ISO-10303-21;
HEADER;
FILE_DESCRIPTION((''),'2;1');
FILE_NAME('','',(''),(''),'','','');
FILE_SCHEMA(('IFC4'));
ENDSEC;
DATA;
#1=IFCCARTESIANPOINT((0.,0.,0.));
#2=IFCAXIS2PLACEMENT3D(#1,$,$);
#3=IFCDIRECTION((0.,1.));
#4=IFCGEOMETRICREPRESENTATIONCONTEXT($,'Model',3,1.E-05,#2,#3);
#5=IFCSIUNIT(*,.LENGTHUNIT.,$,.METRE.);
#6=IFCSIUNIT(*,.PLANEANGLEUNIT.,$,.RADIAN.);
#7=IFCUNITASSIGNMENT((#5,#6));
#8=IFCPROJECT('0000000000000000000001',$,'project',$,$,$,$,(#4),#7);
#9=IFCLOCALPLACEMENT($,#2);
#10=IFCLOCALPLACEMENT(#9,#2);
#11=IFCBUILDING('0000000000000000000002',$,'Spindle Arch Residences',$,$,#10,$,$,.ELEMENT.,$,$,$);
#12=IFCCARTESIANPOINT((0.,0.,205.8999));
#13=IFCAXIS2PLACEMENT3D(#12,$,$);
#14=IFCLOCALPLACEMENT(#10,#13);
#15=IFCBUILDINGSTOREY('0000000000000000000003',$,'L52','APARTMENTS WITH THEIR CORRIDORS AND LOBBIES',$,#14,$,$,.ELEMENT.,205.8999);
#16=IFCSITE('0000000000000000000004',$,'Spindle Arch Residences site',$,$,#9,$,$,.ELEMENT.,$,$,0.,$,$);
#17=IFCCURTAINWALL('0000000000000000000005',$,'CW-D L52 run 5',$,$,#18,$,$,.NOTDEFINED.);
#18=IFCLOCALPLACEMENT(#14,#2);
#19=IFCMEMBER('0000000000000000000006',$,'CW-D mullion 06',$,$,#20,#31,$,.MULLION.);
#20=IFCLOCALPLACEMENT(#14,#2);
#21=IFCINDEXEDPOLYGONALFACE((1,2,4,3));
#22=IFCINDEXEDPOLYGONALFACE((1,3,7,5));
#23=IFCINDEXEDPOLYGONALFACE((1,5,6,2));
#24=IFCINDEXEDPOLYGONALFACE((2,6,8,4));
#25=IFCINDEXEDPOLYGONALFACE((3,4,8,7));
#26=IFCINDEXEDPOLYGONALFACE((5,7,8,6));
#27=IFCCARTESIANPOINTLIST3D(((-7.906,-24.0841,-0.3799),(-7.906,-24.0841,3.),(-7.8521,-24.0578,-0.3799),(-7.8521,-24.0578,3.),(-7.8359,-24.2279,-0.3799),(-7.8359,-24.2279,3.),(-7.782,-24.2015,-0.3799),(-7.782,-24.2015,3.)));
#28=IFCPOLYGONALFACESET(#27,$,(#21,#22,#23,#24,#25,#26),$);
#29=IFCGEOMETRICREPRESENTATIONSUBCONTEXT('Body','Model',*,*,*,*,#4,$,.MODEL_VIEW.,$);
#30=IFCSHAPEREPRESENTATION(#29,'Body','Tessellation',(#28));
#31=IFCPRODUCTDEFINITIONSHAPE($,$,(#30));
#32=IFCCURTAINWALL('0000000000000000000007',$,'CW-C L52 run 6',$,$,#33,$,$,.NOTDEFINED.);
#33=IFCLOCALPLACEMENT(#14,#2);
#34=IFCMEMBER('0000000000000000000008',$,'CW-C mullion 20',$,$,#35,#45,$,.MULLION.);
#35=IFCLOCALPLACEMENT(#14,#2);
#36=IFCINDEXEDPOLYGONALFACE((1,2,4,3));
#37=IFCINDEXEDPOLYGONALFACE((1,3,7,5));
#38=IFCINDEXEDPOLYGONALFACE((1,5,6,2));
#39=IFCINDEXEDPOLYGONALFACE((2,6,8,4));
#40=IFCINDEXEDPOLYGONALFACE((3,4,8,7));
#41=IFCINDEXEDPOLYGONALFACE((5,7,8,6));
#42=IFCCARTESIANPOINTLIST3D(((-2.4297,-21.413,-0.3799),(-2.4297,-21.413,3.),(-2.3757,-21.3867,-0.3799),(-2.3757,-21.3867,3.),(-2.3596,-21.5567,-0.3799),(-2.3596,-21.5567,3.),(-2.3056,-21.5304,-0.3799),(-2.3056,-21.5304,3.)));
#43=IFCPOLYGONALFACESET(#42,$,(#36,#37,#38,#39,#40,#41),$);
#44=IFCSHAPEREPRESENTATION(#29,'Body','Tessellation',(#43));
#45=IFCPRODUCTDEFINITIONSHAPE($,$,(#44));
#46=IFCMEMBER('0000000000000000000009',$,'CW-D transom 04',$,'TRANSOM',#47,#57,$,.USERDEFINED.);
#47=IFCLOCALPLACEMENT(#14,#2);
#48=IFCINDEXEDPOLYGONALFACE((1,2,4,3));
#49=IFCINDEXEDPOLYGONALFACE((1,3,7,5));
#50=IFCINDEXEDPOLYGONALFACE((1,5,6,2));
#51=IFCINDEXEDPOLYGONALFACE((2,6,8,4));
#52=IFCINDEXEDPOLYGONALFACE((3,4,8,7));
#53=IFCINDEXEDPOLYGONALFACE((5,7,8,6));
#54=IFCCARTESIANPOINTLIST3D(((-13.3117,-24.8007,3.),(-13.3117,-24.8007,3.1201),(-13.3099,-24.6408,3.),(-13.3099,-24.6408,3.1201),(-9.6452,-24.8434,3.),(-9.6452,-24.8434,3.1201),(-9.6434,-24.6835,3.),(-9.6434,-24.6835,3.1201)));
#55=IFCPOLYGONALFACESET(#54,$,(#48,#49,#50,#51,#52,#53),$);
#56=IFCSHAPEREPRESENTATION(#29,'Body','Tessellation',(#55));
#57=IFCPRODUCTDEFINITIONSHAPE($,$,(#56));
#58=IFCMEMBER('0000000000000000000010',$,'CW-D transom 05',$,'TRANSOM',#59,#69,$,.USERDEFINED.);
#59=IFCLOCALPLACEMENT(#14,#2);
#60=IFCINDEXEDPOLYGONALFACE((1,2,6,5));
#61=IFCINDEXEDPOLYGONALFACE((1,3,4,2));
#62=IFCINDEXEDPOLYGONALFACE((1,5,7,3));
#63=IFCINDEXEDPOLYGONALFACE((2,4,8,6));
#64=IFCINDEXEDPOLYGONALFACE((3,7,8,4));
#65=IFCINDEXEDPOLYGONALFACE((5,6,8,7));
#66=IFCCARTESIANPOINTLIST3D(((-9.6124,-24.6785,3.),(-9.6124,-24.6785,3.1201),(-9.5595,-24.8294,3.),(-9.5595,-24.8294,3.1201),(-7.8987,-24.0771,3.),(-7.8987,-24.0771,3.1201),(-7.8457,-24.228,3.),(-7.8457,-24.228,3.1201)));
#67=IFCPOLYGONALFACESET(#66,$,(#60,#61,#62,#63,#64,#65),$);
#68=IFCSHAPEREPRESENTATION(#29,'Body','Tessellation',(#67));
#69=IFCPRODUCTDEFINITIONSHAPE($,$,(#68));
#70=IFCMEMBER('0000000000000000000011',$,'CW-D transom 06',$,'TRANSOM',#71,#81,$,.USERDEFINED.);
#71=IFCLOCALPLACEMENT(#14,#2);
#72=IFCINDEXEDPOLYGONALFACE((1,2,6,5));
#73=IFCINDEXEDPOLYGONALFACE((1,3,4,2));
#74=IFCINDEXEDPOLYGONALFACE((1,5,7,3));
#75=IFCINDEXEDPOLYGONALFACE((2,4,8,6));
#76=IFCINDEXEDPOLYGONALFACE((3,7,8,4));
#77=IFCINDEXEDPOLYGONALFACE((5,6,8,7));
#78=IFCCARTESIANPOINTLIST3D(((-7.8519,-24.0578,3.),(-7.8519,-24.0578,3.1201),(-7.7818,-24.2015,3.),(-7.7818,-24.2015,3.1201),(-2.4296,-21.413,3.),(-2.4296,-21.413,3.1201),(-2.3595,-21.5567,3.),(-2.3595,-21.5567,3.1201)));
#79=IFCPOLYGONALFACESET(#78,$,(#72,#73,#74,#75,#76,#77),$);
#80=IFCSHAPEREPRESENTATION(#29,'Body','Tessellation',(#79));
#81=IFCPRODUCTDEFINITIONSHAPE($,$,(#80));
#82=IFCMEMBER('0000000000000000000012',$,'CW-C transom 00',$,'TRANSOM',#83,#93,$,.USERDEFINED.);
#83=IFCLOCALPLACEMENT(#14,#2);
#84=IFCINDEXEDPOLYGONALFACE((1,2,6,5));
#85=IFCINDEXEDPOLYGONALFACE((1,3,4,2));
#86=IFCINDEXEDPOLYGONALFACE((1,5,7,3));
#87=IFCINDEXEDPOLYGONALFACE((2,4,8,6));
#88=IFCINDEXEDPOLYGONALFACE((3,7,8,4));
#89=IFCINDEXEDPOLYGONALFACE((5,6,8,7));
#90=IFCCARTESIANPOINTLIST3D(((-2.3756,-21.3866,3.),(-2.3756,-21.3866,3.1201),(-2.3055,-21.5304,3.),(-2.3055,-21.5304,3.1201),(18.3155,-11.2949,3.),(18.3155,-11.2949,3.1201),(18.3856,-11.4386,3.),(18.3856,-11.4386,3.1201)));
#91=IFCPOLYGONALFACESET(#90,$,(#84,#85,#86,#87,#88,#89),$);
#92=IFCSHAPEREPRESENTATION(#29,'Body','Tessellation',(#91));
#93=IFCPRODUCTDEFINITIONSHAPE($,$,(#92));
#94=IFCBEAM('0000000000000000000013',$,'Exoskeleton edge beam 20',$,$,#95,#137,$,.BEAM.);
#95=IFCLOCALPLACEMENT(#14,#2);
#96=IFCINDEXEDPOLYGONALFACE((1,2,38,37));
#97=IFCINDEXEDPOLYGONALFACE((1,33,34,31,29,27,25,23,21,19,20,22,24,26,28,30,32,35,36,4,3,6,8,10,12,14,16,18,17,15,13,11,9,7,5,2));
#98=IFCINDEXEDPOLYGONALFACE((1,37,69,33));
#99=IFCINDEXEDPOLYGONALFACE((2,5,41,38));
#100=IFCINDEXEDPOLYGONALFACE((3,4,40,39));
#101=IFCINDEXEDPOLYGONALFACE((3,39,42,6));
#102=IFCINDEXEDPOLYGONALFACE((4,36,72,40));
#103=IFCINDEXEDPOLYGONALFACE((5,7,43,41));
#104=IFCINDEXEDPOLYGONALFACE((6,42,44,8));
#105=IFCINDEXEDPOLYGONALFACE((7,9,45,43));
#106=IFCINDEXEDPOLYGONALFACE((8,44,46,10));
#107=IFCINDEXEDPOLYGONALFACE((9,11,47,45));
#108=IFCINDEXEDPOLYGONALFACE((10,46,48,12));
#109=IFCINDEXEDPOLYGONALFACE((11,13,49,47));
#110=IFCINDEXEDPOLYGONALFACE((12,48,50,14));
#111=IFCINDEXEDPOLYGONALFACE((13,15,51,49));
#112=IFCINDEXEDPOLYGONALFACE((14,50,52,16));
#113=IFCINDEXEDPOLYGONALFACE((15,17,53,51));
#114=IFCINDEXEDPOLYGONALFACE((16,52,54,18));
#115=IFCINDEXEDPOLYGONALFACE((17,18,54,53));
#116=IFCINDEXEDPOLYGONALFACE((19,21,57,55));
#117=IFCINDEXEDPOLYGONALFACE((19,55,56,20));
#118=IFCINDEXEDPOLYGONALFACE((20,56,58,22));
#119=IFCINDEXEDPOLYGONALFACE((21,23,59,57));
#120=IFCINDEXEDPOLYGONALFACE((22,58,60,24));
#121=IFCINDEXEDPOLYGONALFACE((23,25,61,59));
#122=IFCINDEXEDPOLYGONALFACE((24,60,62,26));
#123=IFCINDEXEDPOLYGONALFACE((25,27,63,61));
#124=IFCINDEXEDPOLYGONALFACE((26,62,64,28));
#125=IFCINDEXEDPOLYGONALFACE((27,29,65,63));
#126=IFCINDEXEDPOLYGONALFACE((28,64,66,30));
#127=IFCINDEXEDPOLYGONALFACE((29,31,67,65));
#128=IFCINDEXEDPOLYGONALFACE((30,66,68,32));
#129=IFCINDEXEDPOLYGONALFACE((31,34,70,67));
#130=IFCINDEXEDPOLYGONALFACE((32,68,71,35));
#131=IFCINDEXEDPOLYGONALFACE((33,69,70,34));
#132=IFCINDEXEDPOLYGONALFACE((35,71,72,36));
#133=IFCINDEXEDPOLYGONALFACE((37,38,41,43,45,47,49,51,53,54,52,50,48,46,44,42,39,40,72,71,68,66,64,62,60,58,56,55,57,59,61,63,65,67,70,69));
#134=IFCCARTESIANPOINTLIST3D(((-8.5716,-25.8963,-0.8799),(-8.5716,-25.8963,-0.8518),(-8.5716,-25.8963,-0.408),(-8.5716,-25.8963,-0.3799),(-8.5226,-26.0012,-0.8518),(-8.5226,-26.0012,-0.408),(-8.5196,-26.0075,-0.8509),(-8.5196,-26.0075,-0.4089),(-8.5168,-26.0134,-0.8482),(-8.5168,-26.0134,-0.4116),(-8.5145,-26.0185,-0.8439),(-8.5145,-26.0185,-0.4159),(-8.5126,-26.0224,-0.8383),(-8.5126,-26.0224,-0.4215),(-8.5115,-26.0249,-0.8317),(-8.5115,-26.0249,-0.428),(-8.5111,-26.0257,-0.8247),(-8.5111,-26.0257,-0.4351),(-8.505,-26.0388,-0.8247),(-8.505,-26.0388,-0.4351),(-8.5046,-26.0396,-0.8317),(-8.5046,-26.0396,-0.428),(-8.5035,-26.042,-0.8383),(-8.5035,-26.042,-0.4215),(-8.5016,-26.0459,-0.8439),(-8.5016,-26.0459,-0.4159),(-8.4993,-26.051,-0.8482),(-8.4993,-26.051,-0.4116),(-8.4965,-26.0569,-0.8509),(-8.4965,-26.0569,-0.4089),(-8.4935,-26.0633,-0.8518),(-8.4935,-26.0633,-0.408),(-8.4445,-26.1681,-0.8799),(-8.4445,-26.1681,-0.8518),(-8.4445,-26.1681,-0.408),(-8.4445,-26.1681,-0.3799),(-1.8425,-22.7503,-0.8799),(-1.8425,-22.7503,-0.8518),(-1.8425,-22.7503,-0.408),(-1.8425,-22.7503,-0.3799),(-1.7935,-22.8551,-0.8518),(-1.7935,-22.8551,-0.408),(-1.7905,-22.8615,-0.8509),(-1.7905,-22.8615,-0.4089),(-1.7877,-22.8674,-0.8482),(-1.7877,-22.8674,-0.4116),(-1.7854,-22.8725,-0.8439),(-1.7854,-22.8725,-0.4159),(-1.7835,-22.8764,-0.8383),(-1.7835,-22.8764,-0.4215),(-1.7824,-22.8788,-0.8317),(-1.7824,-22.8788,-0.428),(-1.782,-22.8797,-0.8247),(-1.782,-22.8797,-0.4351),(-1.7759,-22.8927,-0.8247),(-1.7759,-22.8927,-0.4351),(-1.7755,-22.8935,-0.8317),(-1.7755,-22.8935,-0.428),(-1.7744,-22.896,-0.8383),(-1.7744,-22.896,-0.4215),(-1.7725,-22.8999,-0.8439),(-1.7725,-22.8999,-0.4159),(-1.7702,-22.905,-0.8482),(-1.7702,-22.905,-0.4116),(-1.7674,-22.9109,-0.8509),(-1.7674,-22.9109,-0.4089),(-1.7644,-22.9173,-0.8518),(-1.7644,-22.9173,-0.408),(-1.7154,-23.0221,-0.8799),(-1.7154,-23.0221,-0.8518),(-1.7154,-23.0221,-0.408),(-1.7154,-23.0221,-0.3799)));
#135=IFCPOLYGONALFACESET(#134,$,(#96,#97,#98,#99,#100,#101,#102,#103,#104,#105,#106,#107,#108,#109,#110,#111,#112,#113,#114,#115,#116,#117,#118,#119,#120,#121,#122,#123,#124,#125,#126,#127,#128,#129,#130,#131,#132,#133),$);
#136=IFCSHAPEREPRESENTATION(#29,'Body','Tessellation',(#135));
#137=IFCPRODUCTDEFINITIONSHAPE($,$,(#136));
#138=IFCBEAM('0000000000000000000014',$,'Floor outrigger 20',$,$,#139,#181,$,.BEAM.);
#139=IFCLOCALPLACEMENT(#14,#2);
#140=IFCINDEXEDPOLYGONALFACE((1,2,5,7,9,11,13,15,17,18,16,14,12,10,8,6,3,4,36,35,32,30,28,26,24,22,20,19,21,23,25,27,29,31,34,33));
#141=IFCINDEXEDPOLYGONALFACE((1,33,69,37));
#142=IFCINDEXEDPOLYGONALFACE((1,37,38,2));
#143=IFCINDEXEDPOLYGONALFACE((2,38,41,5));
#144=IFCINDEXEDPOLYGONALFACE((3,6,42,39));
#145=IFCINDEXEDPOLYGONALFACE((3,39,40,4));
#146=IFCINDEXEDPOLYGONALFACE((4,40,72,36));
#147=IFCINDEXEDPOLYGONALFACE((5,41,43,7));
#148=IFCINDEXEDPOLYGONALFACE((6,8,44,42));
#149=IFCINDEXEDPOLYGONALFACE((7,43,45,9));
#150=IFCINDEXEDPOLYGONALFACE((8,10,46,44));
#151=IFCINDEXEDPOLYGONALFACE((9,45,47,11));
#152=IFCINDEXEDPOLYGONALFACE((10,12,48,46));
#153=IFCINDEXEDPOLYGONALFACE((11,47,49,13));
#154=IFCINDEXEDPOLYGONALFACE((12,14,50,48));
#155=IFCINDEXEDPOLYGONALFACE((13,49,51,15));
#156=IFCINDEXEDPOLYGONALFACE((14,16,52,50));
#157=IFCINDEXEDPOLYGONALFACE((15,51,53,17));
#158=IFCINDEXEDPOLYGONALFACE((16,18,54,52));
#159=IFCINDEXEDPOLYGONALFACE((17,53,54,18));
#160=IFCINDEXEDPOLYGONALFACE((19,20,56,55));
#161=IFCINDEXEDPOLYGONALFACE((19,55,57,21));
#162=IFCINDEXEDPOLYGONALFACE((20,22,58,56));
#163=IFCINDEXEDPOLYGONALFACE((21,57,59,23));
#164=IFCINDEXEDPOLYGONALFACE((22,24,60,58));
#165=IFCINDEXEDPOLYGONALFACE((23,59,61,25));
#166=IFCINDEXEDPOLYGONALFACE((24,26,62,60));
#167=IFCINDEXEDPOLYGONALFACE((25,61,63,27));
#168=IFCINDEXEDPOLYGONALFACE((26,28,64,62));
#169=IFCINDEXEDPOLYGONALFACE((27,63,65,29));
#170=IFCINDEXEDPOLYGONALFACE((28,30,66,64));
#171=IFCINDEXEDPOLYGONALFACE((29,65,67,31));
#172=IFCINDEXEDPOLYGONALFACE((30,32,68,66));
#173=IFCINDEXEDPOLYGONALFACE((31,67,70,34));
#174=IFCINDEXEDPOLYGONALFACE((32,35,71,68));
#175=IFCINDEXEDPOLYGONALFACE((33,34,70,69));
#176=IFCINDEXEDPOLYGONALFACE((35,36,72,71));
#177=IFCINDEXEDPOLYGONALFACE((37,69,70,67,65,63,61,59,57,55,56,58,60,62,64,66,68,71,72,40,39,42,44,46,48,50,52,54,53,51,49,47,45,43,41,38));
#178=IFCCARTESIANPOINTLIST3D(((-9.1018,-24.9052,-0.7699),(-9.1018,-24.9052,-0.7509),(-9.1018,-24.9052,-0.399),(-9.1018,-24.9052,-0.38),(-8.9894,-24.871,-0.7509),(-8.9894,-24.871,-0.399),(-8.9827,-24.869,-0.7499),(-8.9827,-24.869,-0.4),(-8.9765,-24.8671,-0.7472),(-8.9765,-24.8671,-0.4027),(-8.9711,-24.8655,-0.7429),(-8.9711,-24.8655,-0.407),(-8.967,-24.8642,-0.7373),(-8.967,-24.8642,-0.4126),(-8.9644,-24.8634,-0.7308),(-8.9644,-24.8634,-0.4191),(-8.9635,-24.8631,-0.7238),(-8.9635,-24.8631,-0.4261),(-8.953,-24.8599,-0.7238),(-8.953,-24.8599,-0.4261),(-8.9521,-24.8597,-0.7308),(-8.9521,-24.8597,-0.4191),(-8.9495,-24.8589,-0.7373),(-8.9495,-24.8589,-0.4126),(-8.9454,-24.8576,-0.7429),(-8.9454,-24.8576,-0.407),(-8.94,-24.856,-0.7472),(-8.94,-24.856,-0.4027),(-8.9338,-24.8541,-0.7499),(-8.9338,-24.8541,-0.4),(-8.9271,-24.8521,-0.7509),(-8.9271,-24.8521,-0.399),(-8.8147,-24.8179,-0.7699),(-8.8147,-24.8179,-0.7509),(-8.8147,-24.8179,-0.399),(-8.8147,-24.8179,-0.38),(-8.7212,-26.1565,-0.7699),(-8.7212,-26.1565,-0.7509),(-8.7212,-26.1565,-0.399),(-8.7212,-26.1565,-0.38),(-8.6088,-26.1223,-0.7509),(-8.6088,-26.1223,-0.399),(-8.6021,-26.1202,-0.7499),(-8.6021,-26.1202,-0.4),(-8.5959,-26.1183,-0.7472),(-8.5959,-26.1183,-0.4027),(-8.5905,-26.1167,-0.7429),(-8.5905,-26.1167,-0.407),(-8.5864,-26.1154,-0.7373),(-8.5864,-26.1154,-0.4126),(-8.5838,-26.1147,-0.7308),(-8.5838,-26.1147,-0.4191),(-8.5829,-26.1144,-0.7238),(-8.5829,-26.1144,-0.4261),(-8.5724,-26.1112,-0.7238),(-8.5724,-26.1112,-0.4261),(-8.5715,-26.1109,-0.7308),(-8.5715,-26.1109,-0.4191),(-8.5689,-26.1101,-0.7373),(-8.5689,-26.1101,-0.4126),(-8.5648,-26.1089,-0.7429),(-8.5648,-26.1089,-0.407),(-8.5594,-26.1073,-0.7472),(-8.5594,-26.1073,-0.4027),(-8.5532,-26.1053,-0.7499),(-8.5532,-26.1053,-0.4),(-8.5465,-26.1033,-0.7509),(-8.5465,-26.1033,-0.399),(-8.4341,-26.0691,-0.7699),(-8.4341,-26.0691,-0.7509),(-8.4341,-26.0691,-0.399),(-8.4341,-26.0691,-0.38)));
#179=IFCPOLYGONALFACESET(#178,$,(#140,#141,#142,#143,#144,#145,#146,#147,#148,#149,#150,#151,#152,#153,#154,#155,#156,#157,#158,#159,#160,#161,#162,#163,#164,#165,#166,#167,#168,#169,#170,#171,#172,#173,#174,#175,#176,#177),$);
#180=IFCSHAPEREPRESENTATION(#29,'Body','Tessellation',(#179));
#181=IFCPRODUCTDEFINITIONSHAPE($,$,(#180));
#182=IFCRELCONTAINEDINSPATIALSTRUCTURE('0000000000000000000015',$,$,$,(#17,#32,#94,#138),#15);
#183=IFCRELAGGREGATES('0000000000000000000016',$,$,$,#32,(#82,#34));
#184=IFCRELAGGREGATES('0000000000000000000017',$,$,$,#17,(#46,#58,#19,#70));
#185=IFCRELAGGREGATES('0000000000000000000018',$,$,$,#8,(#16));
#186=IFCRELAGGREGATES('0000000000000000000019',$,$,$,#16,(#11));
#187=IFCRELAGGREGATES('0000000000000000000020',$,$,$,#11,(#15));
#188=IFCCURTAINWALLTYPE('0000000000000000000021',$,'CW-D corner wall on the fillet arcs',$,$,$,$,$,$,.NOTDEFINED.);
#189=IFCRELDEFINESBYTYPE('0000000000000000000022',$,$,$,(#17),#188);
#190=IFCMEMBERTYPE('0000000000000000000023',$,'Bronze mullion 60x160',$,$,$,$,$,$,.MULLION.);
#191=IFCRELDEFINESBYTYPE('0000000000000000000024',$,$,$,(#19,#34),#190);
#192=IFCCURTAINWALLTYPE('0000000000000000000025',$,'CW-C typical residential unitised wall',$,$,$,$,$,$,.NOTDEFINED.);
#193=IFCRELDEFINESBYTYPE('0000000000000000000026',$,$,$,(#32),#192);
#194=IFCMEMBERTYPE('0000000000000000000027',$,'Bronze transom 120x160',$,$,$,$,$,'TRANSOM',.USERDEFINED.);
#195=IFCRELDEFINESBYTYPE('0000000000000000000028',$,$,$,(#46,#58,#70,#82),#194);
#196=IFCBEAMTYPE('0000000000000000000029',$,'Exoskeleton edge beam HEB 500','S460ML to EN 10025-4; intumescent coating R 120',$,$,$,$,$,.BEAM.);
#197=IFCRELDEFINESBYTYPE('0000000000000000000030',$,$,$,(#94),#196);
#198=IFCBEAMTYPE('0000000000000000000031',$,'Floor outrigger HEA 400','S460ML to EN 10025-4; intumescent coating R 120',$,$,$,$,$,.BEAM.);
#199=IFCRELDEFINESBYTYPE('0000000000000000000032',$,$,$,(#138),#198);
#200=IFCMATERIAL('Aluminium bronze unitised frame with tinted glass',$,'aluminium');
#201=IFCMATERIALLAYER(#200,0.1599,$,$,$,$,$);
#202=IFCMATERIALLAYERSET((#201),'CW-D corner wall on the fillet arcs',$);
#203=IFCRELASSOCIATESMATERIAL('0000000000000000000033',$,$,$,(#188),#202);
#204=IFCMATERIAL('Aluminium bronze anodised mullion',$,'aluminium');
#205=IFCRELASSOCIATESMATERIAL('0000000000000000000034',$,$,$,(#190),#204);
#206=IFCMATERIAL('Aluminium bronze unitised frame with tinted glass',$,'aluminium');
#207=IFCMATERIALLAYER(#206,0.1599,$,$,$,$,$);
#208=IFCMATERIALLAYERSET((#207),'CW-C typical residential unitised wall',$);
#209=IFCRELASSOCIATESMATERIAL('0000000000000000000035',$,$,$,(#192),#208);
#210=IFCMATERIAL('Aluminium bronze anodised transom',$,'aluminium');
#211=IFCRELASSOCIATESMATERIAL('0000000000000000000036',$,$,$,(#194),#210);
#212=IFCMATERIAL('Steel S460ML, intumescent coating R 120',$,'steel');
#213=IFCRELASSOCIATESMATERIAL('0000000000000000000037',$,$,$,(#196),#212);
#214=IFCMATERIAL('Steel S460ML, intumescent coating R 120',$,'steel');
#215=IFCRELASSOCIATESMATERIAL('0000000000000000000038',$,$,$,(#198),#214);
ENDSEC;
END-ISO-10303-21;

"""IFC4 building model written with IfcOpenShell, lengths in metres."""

from ifc_helpers import new_model, si_unit, direction, frame, origin, origin_2d, place, context, subcontext, project, spatial, rectangle, i_section, extrude, material, layer, layer_set, material_profile, profile_set, type_object, element, aggregate, save


model = new_model("IFC4")

# Units and contexts
model_context = context("Model", 3, precision=1e-05, world=origin(), true_north=direction((0.0, 1.0)))
body_context = subcontext(model_context, "Body", "Model", "MODEL_VIEW")
ifc_project = project(units=[si_unit("LENGTHUNIT", "METRE"), si_unit("PLANEANGLEUNIT", "RADIAN")], contexts=[model_context])

# Site, building, storey
site_placement = place(None, origin())
site = spatial("IfcSite", under=ifc_project, at=site_placement, Name="Spindle Arch Residences site", CompositionType="ELEMENT", RefElevation=0.0)
building_placement = place(site_placement, origin())
building = spatial("IfcBuilding", under=site, at=building_placement, Name="Spindle Arch Residences", CompositionType="ELEMENT")
storey_placement = place(building_placement, frame((0.0, 0.0, 205.8999)))
storey = spatial("IfcBuildingStorey", under=building, at=storey_placement, Name="L52", Description="APARTMENTS WITH THEIR CORRIDORS AND LOBBIES", CompositionType="ELEMENT", Elevation=205.8999)

# Curtain wall, member
ifc_material_1 = material(Name="Aluminium bronze unitised frame with tinted glass", Category="aluminium")
ifc_layer_1 = layer(ifc_material_1, 0.1599)
ifc_layer_set_1 = layer_set([ifc_layer_1], Name="CW-D corner wall on the fillet arcs")
curtain_wall_type_1 = type_object("IfcCurtainWallType", Name="CW-D corner wall on the fillet arcs", PredefinedType="NOTDEFINED", material=ifc_layer_set_1)
curtain_wall_1_placement = place(storey_placement, origin())
curtain_wall_1 = element("IfcCurtainWall", 1, at=curtain_wall_1_placement, inside=storey, type_object=curtain_wall_type_1, Name="CW-D L52 run 5", PredefinedType="NOTDEFINED")
ifc_material_2 = material(Name="Aluminium bronze anodised mullion", Category="aluminium")
ifc_material_profile_1 = material_profile(ifc_material_2, rectangle(XDim=0.1599, YDim=0.0601, at=origin_2d()), Name="MU 60x160")
ifc_profile_set_1 = profile_set([ifc_material_profile_1], Name="Aluminium bronze anodised mullion")
member_type_1 = type_object("IfcMemberType", Name="Bronze mullion 60x160", PredefinedType="MULLION", material=ifc_profile_set_1)
member_1_placement = place(storey_placement, frame((-7.844, -24.1428, -0.3799), z_axis=(0.0, 0.0, 1.0), x_axis=(-0.438371, 0.898794, 0.0)))
member_1 = element("IfcMember", 2, at=member_1_placement, type_object=member_type_1, Name="CW-D mullion 06", PredefinedType="MULLION", context=body_context, shape_type="SweptSolid", body=[
    extrude(rectangle(XDim=0.1599, YDim=0.0601, at=origin_2d()), origin(), (0.0, 0.0, 1.0), 3.3799),
])

# Curtain wall, member
ifc_material_3 = material(Name="Aluminium bronze unitised frame with tinted glass", Category="aluminium")
ifc_layer_2 = layer(ifc_material_3, 0.1599)
ifc_layer_set_2 = layer_set([ifc_layer_2], Name="CW-C typical residential unitised wall")
curtain_wall_type_2 = type_object("IfcCurtainWallType", Name="CW-C typical residential unitised wall", PredefinedType="NOTDEFINED", material=ifc_layer_set_2)
curtain_wall_2_placement = place(storey_placement, origin())
curtain_wall_2 = element("IfcCurtainWall", 3, at=curtain_wall_2_placement, inside=storey, type_object=curtain_wall_type_2, Name="CW-C L52 run 6", PredefinedType="NOTDEFINED")
member_2_placement = place(storey_placement, frame((-2.3677, -21.4717, -0.3799), z_axis=(0.0, 0.0, 1.0), x_axis=(-0.438371, 0.898794, 0.0)))
member_2 = element("IfcMember", 4, at=member_2_placement, type_object=member_type_1, Name="CW-C mullion 20", PredefinedType="MULLION", context=body_context, shape_type="SweptSolid", body=[
    extrude(rectangle(XDim=0.1599, YDim=0.0601, at=origin_2d()), origin(), (0.0, 0.0, 1.0), 3.3799),
])

# Members
ifc_material_4 = material(Name="Aluminium bronze anodised transom", Category="aluminium")
ifc_material_profile_2 = material_profile(ifc_material_4, rectangle(XDim=0.1599, YDim=0.1201, at=origin_2d()), Name="TR 120x160")
ifc_profile_set_2 = profile_set([ifc_material_profile_2], Name="Aluminium bronze anodised transom")
member_type_2 = type_object("IfcMemberType", Name="Bronze transom 120x160", ElementType="TRANSOM", PredefinedType="USERDEFINED", material=ifc_profile_set_2)
member_3_placement = place(storey_placement, frame((-13.3108, -24.7207, 3.0601), z_axis=(0.999932, -0.011652, 0.0), x_axis=(0.011652, 0.999932, 0.0)))
member_3 = element("IfcMember", 5, at=member_3_placement, type_object=member_type_2, Name="CW-D transom 04", ObjectType="TRANSOM", PredefinedType="USERDEFINED", context=body_context, shape_type="SweptSolid", body=[
    extrude(rectangle(XDim=0.1599, YDim=0.1201, at=origin_2d()), origin(), (0.0, 0.0, 1.0), 3.6667),
])
member_4_placement = place(storey_placement, frame((-9.5859, -24.7539, 3.0601), z_axis=(0.943592, 0.331111, 0.0), x_axis=(-0.331111, 0.943592, 0.0)))
member_4 = element("IfcMember", 6, at=member_4_placement, type_object=member_type_2, Name="CW-D transom 05", ObjectType="TRANSOM", PredefinedType="USERDEFINED", context=body_context, shape_type="SweptSolid", body=[
    extrude(rectangle(XDim=0.1599, YDim=0.1201, at=origin_2d()), origin(), (0.0, 0.0, 1.0), 1.8162),
])
member_5_placement = place(storey_placement, frame((-7.8169, -24.1296, 3.0601), z_axis=(0.898787, 0.438386, 0.0), x_axis=(-0.438386, 0.898787, 0.0)))
member_5 = element("IfcMember", 7, at=member_5_placement, type_object=member_type_2, Name="CW-D transom 06", ObjectType="TRANSOM", PredefinedType="USERDEFINED", context=body_context, shape_type="SweptSolid", body=[
    extrude(rectangle(XDim=0.1599, YDim=0.1201, at=origin_2d()), origin(), (0.0, 0.0, 1.0), 6.033),
])
member_6_placement = place(storey_placement, frame((-2.3406, -21.4585, 3.0601), z_axis=(0.898793, 0.438373, 0.0), x_axis=(-0.438373, 0.898793, 0.0)))
member_6 = element("IfcMember", 8, at=member_6_placement, type_object=member_type_2, Name="CW-C transom 00", ObjectType="TRANSOM", PredefinedType="USERDEFINED", context=body_context, shape_type="SweptSolid", body=[
    extrude(rectangle(XDim=0.1599, YDim=0.1201, at=origin_2d()), origin(), (0.0, 0.0, 1.0), 23.021),
])
aggregate(curtain_wall_2, [member_6, member_2])

# Beams
ifc_material_5 = material(Name="Steel S460ML, intumescent coating R 120", Category="steel")
ifc_material_profile_3 = material_profile(ifc_material_5, i_section(OverallWidth=0.3, OverallDepth=0.5, WebThickness=0.0144, FlangeThickness=0.0281, FilletRadius=0.0271, at=origin_2d()), Name="HEB 500")
ifc_profile_set_3 = profile_set([ifc_material_profile_3], Name="Steel S460ML, intumescent coating R 120")
beam_type_1 = type_object("IfcBeamType", Name="Exoskeleton edge beam HEB 500", Description="S460ML to EN 10025-4; intumescent coating R 120", PredefinedType="BEAM", material=ifc_profile_set_3)
beam_1_placement = place(storey_placement, frame((-8.5081, -26.0322, -0.6299), z_axis=(0.905884, 0.423526, 0.0), x_axis=(-0.423526, 0.905884, 0.0)))
element("IfcBeam", 9, at=beam_1_placement, inside=storey, type_object=beam_type_1, Name="Exoskeleton edge beam 20", PredefinedType="BEAM", context=body_context, shape_type="SweptSolid", body=[
    extrude(i_section(OverallWidth=0.3, OverallDepth=0.5, WebThickness=0.0144, FlangeThickness=0.0281, FilletRadius=0.0271, at=origin_2d()), origin(), (0.0, 0.0, 1.0), 7.4282),
])
ifc_material_6 = material(Name="Steel S460ML, intumescent coating R 120", Category="steel")
ifc_material_profile_4 = material_profile(ifc_material_6, i_section(OverallWidth=0.3, OverallDepth=0.3899, WebThickness=0.011, FlangeThickness=0.019, FilletRadius=0.0271, at=origin_2d()), Name="HEA 400")
ifc_profile_set_4 = profile_set([ifc_material_profile_4], Name="Steel S460ML, intumescent coating R 120")
beam_type_2 = type_object("IfcBeamType", Name="Floor outrigger HEA 400", Description="S460ML to EN 10025-4; intumescent coating R 120", PredefinedType="BEAM", material=ifc_profile_set_4)
beam_2_placement = place(storey_placement, frame((-8.5776, -26.1128, -0.575), z_axis=(-0.291028, 0.956715, 0.0), x_axis=(-0.956715, -0.291028, 0.0)))
element("IfcBeam", 10, at=beam_2_placement, inside=storey, type_object=beam_type_2, Name="Floor outrigger 20", PredefinedType="BEAM", context=body_context, shape_type="SweptSolid", body=[
    extrude(i_section(OverallWidth=0.3, OverallDepth=0.3899, WebThickness=0.011, FlangeThickness=0.019, FilletRadius=0.0271, at=origin_2d()), origin(), (0.0, 0.0, 1.0), 1.3079),
])

aggregate(curtain_wall_1, [member_3, member_4, member_1, member_5])

save(model, "model.ifc")
